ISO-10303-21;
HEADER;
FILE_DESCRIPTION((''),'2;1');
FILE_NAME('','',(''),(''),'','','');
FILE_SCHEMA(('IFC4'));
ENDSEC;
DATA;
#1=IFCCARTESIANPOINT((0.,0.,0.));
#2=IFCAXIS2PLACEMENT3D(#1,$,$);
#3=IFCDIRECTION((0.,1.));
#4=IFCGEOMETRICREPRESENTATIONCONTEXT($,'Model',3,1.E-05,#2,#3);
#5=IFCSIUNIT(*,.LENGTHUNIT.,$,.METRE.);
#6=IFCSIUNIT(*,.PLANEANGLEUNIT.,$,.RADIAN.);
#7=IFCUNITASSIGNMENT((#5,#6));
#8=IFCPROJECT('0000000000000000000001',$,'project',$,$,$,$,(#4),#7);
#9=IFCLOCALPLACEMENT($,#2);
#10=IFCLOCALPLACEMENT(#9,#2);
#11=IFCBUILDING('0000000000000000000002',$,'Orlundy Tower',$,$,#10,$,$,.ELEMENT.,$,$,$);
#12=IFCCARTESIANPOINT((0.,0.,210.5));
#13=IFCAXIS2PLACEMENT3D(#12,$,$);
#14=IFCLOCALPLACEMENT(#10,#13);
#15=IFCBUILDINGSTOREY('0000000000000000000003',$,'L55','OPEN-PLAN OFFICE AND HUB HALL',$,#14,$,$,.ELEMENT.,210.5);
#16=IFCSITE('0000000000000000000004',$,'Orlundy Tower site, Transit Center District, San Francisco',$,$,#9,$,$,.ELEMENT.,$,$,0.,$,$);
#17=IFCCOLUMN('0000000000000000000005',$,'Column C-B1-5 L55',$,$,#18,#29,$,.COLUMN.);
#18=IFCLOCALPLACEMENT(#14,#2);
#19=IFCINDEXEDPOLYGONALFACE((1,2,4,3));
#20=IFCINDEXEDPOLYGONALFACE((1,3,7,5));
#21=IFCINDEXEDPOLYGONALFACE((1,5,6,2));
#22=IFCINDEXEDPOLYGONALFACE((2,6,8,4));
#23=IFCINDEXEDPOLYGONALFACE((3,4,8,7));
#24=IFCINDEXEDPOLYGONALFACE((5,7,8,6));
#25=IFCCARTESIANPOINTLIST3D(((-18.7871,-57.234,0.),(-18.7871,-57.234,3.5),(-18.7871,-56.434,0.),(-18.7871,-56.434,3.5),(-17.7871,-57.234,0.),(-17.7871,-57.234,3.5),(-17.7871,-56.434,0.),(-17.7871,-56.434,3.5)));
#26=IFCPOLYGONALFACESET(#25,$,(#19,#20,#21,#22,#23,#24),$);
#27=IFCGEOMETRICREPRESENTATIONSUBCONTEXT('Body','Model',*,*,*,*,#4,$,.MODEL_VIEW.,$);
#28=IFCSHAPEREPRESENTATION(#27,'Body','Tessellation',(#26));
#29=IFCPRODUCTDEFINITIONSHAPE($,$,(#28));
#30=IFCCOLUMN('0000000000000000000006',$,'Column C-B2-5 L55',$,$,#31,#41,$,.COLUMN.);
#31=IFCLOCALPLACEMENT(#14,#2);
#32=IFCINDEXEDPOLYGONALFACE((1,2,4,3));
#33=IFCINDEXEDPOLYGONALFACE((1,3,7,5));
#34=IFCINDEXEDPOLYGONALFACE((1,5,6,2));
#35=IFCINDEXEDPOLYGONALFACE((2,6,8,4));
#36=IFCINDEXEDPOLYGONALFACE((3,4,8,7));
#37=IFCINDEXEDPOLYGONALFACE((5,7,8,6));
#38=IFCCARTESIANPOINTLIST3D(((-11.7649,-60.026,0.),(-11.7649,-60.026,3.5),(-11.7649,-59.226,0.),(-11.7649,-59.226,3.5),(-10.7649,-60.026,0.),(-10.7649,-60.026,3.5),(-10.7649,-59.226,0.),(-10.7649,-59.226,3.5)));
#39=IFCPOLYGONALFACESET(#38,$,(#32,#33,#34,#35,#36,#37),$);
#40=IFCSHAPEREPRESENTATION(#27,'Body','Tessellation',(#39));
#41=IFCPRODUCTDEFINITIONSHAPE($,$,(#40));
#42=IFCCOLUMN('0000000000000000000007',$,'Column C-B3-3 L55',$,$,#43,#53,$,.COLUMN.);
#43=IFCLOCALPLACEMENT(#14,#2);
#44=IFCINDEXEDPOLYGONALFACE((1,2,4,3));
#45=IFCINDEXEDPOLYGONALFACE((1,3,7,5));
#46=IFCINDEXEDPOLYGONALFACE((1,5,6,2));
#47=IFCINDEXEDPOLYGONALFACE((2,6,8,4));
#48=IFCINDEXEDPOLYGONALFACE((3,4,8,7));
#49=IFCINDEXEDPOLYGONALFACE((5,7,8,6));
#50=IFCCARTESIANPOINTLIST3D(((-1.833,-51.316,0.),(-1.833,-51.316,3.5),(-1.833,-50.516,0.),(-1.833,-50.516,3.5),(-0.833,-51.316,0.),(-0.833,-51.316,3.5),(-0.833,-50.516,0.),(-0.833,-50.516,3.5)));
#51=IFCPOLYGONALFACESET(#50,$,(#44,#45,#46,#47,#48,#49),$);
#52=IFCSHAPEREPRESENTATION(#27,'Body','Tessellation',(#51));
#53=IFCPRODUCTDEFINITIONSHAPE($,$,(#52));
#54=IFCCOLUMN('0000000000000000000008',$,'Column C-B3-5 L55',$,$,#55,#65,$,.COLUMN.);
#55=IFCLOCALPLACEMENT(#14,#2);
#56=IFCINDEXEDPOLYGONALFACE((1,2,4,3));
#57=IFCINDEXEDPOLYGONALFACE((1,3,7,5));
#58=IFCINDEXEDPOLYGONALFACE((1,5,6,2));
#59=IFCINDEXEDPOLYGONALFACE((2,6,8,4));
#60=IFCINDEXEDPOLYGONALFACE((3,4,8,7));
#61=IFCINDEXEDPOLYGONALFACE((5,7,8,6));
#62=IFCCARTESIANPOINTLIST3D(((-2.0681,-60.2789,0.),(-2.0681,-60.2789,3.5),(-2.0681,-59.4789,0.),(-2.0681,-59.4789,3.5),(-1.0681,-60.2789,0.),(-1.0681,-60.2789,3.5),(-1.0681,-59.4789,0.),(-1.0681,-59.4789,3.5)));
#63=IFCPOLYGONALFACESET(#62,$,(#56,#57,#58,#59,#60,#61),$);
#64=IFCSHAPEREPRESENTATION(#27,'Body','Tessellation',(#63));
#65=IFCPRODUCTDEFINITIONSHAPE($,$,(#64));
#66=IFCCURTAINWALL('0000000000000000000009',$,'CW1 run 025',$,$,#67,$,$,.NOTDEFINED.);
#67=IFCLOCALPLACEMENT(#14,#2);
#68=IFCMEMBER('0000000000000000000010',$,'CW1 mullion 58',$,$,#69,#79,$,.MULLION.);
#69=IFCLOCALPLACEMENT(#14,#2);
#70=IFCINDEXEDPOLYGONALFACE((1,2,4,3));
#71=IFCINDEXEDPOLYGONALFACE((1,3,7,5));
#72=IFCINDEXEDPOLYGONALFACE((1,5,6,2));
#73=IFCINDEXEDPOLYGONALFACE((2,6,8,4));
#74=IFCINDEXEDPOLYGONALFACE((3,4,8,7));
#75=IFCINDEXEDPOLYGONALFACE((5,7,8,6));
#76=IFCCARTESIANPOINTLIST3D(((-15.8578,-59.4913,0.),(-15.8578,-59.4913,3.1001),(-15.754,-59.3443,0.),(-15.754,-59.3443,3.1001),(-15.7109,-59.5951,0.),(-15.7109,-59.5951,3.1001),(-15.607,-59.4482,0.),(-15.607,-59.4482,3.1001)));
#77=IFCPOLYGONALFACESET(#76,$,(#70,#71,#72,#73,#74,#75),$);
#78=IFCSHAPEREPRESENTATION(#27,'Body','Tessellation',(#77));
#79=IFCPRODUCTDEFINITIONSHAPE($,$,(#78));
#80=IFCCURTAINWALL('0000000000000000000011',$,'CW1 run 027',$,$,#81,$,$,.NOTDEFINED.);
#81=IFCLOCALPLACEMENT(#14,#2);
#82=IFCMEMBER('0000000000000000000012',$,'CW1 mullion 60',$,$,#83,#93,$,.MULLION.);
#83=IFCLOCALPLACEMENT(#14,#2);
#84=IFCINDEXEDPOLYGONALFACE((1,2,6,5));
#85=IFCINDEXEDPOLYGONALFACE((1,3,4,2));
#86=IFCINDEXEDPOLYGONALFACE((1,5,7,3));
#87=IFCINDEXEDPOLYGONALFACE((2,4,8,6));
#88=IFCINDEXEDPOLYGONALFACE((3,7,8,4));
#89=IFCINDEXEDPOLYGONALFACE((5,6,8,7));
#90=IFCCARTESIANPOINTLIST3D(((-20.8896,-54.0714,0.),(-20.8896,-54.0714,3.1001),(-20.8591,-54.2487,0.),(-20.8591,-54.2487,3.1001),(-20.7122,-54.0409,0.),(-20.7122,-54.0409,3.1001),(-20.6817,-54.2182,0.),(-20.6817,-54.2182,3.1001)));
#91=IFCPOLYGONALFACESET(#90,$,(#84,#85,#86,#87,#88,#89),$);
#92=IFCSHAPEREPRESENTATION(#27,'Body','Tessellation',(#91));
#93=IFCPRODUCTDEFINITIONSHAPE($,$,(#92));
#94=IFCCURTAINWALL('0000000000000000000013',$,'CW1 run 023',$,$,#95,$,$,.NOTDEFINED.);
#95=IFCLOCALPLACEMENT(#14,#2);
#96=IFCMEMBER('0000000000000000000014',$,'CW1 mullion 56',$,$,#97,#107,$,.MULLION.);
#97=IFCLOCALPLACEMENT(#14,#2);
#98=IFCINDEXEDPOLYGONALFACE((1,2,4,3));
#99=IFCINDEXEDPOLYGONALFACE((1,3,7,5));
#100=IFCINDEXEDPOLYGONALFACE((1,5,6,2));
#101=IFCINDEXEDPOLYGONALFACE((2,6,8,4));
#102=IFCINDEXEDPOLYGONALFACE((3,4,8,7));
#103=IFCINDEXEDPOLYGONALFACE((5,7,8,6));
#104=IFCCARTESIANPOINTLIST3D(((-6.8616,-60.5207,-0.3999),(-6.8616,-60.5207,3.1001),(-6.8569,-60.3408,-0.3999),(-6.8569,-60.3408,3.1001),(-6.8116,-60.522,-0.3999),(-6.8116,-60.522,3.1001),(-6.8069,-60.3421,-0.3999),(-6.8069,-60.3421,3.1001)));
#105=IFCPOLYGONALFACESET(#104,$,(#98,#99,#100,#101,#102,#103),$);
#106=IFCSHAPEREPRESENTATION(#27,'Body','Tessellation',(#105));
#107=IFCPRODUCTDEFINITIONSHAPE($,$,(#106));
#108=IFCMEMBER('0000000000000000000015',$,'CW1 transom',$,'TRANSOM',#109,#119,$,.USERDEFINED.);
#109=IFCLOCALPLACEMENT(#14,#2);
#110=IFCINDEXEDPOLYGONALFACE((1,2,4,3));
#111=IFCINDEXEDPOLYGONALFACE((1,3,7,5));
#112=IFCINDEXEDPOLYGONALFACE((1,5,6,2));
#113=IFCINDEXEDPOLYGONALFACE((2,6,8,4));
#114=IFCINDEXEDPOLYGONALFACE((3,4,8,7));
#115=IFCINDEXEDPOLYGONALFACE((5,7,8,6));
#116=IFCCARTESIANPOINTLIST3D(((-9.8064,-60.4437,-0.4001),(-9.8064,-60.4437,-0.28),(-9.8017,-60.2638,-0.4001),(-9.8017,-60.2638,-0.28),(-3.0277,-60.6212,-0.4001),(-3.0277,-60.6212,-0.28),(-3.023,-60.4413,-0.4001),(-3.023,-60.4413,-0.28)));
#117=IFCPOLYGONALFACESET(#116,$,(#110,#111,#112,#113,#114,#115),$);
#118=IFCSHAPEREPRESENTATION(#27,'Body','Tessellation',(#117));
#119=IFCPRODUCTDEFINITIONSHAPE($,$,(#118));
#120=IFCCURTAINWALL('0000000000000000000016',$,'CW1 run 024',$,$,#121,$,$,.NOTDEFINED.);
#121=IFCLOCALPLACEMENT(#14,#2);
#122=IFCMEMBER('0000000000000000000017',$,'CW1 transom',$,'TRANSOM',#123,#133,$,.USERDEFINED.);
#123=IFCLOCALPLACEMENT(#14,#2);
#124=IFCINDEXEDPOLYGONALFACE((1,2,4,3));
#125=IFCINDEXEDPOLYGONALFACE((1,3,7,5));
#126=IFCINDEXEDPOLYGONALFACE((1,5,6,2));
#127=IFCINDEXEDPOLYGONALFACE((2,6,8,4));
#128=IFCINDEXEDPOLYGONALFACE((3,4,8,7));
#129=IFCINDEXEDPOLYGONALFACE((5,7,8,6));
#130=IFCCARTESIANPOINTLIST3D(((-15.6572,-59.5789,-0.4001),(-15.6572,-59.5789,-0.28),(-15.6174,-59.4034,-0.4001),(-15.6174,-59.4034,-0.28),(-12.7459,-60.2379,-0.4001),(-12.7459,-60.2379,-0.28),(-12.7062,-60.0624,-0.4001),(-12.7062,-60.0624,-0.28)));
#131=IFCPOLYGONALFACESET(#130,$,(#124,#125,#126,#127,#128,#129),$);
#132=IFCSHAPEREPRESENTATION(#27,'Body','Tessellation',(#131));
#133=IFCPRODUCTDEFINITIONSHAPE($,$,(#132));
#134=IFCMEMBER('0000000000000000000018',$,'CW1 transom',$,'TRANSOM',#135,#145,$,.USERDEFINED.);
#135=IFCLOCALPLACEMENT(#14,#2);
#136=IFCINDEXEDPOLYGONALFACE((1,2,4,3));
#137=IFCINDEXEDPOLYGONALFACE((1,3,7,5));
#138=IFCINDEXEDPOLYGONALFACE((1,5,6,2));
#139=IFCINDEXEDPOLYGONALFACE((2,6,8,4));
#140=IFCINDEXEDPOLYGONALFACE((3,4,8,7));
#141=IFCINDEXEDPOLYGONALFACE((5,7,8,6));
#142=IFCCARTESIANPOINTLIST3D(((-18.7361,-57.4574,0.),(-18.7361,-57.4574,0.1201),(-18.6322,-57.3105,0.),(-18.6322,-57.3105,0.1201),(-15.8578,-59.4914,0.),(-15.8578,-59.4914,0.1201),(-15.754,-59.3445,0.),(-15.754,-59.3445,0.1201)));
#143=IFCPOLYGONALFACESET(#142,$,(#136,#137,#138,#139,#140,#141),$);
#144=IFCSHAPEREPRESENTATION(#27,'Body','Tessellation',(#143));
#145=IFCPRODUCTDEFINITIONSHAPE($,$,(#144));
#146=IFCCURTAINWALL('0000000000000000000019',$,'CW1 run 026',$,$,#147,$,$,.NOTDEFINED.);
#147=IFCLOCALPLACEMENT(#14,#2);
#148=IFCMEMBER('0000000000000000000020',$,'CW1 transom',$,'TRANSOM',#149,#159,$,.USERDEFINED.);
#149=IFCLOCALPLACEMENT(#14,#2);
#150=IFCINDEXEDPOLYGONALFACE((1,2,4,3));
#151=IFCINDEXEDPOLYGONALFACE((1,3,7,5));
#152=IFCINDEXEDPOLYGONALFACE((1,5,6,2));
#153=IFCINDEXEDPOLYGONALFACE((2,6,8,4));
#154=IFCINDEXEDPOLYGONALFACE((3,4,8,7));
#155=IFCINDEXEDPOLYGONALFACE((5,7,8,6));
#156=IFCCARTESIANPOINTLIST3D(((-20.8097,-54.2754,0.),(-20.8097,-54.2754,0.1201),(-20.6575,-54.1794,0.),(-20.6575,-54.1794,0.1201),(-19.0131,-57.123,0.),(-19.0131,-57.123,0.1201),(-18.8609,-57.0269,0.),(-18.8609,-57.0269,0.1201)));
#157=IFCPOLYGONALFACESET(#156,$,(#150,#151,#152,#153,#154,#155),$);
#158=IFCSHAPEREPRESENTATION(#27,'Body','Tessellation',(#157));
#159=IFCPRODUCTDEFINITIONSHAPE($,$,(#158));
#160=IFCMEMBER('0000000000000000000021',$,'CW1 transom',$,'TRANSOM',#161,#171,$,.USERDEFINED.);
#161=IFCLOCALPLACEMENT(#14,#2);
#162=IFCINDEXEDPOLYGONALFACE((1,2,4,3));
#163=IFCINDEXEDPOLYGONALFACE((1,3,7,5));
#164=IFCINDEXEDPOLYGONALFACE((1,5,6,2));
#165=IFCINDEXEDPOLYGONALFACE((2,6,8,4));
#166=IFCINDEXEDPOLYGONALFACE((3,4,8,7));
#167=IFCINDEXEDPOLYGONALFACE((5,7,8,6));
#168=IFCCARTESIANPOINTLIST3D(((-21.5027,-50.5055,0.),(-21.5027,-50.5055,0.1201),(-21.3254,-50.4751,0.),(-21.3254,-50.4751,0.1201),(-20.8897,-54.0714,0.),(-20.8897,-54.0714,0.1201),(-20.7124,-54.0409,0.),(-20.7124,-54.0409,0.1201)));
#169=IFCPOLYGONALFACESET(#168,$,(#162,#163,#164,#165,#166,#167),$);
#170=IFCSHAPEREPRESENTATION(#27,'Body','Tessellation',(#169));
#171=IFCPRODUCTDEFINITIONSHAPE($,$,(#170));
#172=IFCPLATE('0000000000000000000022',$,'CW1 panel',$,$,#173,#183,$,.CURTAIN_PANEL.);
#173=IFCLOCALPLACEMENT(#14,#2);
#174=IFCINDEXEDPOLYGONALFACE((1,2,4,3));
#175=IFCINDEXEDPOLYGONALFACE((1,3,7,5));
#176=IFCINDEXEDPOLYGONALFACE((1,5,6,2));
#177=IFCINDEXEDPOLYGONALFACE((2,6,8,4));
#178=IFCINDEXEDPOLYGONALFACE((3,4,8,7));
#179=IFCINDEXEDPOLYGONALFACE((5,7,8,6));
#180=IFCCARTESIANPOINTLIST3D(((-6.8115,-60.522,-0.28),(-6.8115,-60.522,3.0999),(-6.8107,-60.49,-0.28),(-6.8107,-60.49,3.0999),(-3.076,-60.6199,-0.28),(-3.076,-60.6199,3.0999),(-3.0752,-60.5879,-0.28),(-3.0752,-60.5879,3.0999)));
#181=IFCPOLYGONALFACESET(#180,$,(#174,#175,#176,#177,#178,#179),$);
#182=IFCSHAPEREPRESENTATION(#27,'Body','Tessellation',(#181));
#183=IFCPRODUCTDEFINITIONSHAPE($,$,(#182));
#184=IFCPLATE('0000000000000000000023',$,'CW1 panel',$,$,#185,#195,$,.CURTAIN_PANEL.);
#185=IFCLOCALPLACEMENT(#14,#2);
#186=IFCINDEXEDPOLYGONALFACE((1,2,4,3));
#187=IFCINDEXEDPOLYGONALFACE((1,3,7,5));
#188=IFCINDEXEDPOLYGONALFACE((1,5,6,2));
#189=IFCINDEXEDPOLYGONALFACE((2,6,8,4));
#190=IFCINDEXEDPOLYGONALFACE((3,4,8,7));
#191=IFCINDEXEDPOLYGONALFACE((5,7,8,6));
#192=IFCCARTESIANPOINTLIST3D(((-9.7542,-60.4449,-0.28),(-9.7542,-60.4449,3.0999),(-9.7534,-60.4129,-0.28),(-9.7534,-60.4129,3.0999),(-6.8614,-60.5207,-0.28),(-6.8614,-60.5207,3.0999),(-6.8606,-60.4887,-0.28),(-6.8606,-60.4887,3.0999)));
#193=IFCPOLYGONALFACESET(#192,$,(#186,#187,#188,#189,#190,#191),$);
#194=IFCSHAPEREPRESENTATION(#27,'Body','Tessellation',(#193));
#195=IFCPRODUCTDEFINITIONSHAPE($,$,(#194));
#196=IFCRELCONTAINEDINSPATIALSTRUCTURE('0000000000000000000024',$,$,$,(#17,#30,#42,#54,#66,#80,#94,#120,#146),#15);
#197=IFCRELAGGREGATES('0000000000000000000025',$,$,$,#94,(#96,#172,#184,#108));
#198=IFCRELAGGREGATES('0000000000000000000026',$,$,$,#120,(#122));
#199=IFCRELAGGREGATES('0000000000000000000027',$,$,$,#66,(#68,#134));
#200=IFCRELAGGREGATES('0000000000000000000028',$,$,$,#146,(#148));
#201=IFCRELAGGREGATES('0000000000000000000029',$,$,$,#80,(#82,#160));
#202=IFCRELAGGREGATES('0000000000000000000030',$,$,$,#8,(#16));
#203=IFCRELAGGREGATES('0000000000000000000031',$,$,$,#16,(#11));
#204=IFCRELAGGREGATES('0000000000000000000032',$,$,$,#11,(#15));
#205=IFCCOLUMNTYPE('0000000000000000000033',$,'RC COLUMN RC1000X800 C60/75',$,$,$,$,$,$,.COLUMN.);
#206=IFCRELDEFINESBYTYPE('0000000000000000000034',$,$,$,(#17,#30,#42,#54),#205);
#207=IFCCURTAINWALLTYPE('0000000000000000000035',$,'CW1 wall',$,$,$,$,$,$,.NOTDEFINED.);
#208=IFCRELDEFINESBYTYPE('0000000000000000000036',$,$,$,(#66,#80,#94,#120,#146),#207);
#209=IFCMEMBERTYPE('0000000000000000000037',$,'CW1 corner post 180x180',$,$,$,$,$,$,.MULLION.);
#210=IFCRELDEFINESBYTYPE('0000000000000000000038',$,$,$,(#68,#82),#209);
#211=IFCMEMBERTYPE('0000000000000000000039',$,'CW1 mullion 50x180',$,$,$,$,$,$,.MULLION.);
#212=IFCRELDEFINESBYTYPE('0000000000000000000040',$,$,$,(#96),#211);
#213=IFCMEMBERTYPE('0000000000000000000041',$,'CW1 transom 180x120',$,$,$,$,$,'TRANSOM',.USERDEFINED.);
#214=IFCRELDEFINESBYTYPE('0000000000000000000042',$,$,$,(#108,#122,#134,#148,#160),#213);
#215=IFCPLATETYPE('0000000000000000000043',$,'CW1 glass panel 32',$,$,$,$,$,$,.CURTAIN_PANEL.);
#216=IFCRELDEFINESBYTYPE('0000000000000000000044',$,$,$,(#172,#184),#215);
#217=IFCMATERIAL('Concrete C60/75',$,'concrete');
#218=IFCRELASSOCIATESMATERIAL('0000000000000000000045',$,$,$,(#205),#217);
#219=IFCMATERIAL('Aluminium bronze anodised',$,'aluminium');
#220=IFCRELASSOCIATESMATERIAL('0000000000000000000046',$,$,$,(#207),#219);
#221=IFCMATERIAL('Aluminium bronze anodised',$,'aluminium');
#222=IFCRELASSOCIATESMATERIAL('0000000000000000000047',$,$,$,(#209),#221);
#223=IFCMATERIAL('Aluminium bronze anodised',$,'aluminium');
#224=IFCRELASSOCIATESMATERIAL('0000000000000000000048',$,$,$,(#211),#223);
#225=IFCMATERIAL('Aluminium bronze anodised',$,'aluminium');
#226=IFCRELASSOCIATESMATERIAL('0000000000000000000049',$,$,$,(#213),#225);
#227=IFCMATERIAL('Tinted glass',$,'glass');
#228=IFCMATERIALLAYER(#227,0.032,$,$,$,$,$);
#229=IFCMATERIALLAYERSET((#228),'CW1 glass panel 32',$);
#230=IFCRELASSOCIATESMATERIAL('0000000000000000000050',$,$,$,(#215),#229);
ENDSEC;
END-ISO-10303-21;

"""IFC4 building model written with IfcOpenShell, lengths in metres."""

from ifc_helpers import new_model, si_unit, direction, frame, origin, origin_2d, place, context, subcontext, project, spatial, rectangle, extrude, material, layer, layer_set, material_profile, profile_set, type_object, element, aggregate, save


model = new_model("IFC4")

# Units and contexts
model_context = context("Model", 3, precision=1e-05, world=origin(), true_north=direction((0.0, 1.0)))
body_context = subcontext(model_context, "Body", "Model", "MODEL_VIEW")
ifc_project = project(units=[si_unit("LENGTHUNIT", "METRE"), si_unit("PLANEANGLEUNIT", "RADIAN")], contexts=[model_context])

# Site, building, storey
site_placement = place(None, origin())
site = spatial("IfcSite", under=ifc_project, at=site_placement, Name="Orlundy Tower site, Transit Center District, San Francisco", CompositionType="ELEMENT", RefElevation=0.0)
building_placement = place(site_placement, origin())
building = spatial("IfcBuilding", under=site, at=building_placement, Name="Orlundy Tower", CompositionType="ELEMENT")
storey_placement = place(building_placement, frame((0.0, 0.0, 210.5)))
storey = spatial("IfcBuildingStorey", under=building, at=storey_placement, Name="L55", Description="OPEN-PLAN OFFICE AND HUB HALL", CompositionType="ELEMENT", Elevation=210.5)

# Columns
ifc_material_1 = material(Name="Concrete C60/75", Category="concrete")
ifc_material_profile_1 = material_profile(ifc_material_1, rectangle(XDim=1.0, YDim=0.8, at=origin_2d()), Name="RC1000X800")
ifc_profile_set_1 = profile_set([ifc_material_profile_1], Name="Concrete C60/75")
column_type = type_object("IfcColumnType", Name="RC COLUMN RC1000X800 C60/75", PredefinedType="COLUMN", material=ifc_profile_set_1)
for number, where, z_axis, x_axis, name in (
    (1, (-18.2871, -56.834, 0.0), (0.0, 0.0, 1.0), (1.0, 0.0, 0.0), "Column C-B1-5 L55"),
    (2, (-11.2649, -59.626, 0.0), (0.0, 0.0, 1.0), (1.0, 0.0, 0.0), "Column C-B2-5 L55"),
    (3, (-1.333, -50.916, 0.0), (0.0, 0.0, 1.0), (1.0, 0.0, 0.0), "Column C-B3-3 L55"),
    (4, (-1.5681, -59.8789, 0.0), (0.0, 0.0, 1.0), (1.0, 0.0, 0.0), "Column C-B3-5 L55"),
):
    element("IfcColumn", number, at=place(storey_placement, frame(where, z_axis=z_axis, x_axis=x_axis)), inside=storey, type_object=column_type, Name=name, PredefinedType="COLUMN", context=body_context, shape_type="SweptSolid", body=[
        extrude(rectangle(XDim=1.0, YDim=0.8, at=origin_2d()), origin(), (0.0, 0.0, 1.0), 3.5),
    ])

# Curtain walls, members
ifc_material_2 = material(Name="Aluminium bronze anodised", Category="aluminium")
curtain_wall_type = type_object("IfcCurtainWallType", Name="CW1 wall", PredefinedType="NOTDEFINED", material=ifc_material_2)
curtain_wall_1_placement = place(storey_placement, origin())
curtain_wall_1 = element("IfcCurtainWall", 5, at=curtain_wall_1_placement, inside=storey, type_object=curtain_wall_type, Name="CW1 run 025", PredefinedType="NOTDEFINED")
ifc_material_3 = material(Name="Aluminium bronze anodised", Category="aluminium")
ifc_material_profile_2 = material_profile(ifc_material_3, rectangle(XDim=0.1799, YDim=0.1799, at=origin_2d()), Name="CW1 corner post 180x180")
ifc_profile_set_2 = profile_set([ifc_material_profile_2], Name="Aluminium bronze anodised")
member_type_1 = type_object("IfcMemberType", Name="CW1 corner post 180x180", PredefinedType="MULLION", material=ifc_profile_set_2)
member_1_placement = place(storey_placement, frame((-15.7324, -59.4697, 0.0), z_axis=(0.0, 0.0, 1.0), x_axis=(-0.577096, -0.816676, 0.0)))
member_1 = element("IfcMember", 6, at=member_1_placement, type_object=member_type_1, Name="CW1 mullion 58", PredefinedType="MULLION", context=body_context, shape_type="SweptSolid", body=[
    extrude(rectangle(XDim=0.1799, YDim=0.1799, at=origin_2d()), origin(), (0.0, 0.0, 1.0), 3.1001),
])
curtain_wall_2_placement = place(storey_placement, origin())
curtain_wall_2 = element("IfcCurtainWall", 7, at=curtain_wall_2_placement, inside=storey, type_object=curtain_wall_type, Name="CW1 run 027", PredefinedType="NOTDEFINED")
member_2_placement = place(storey_placement, frame((-20.7856, -54.1448, 0.0), z_axis=(0.0, 0.0, 1.0), x_axis=(-0.985543, -0.169428, 0.0)))
member_2 = element("IfcMember", 8, at=member_2_placement, type_object=member_type_1, Name="CW1 mullion 60", PredefinedType="MULLION", context=body_context, shape_type="SweptSolid", body=[
    extrude(rectangle(XDim=0.1799, YDim=0.1799, at=origin_2d()), origin(), (0.0, 0.0, 1.0), 3.1001),
])

# Curtain wall, members
curtain_wall_3_placement = place(storey_placement, origin())
curtain_wall_3 = element("IfcCurtainWall", 9, at=curtain_wall_3_placement, inside=storey, type_object=curtain_wall_type, Name="CW1 run 023", PredefinedType="NOTDEFINED")
ifc_material_4 = material(Name="Aluminium bronze anodised", Category="aluminium")
ifc_material_profile_3 = material_profile(ifc_material_4, rectangle(XDim=0.1799, YDim=0.05, at=origin_2d()), Name="CW1 mullion 50x180")
ifc_profile_set_3 = profile_set([ifc_material_profile_3], Name="Aluminium bronze anodised")
member_type_2 = type_object("IfcMemberType", Name="CW1 mullion 50x180", PredefinedType="MULLION", material=ifc_profile_set_3)
member_3_placement = place(storey_placement, frame((-6.8342, -60.4314, -0.3999), z_axis=(0.0, 0.0, 1.0), x_axis=(-0.02619, -0.999657, 0.0)))
member_3 = element("IfcMember", 10, at=member_3_placement, type_object=member_type_2, Name="CW1 mullion 56", PredefinedType="MULLION", context=body_context, shape_type="SweptSolid", body=[
    extrude(rectangle(XDim=0.1799, YDim=0.05, at=origin_2d()), origin(), (0.0, 0.0, 1.0), 3.5),
])
ifc_material_5 = material(Name="Aluminium bronze anodised", Category="aluminium")
ifc_material_profile_4 = material_profile(ifc_material_5, rectangle(XDim=0.1799, YDim=0.1201, at=origin_2d()), Name="CW1 transom 180x120")
ifc_profile_set_4 = profile_set([ifc_material_profile_4], Name="Aluminium bronze anodised")
member_type_3 = type_object("IfcMemberType", Name="CW1 transom 180x120", ElementType="TRANSOM", PredefinedType="USERDEFINED", material=ifc_profile_set_4)
member_4_placement = place(storey_placement, frame((-3.0254, -60.5312, -0.3401), z_axis=(-0.999657, 0.026175, 0.0), x_axis=(-0.026175, -0.999657, 0.0)))
member_4 = element("IfcMember", 11, at=member_4_placement, type_object=member_type_3, Name="CW1 transom", ObjectType="TRANSOM", PredefinedType="USERDEFINED", context=body_context, shape_type="SweptSolid", body=[
    extrude(rectangle(XDim=0.1799, YDim=0.1201, at=origin_2d()), origin(), (0.0, 0.0, 1.0), 6.781),
])

# Curtain wall, member
curtain_wall_4_placement = place(storey_placement, origin())
curtain_wall_4 = element("IfcCurtainWall", 12, at=curtain_wall_4_placement, inside=storey, type_object=curtain_wall_type, Name="CW1 run 024", PredefinedType="NOTDEFINED")
member_5_placement = place(storey_placement, frame((-12.7261, -60.1501, -0.3401), z_axis=(-0.975327, 0.220765, 0.0), x_axis=(-0.220765, -0.975327, 0.0)))
member_5 = element("IfcMember", 13, at=member_5_placement, type_object=member_type_3, Name="CW1 transom", ObjectType="TRANSOM", PredefinedType="USERDEFINED", context=body_context, shape_type="SweptSolid", body=[
    extrude(rectangle(XDim=0.1799, YDim=0.1201, at=origin_2d()), origin(), (0.0, 0.0, 1.0), 2.9849),
])

# Member
member_6_placement = place(storey_placement, frame((-15.8059, -59.418, 0.0601), z_axis=(-0.816662, 0.577116, 0.0), x_axis=(-0.577116, -0.816662, 0.0)))
member_6 = element("IfcMember", 14, at=member_6_placement, type_object=member_type_3, Name="CW1 transom", ObjectType="TRANSOM", PredefinedType="USERDEFINED", context=body_context, shape_type="SweptSolid", body=[
    extrude(rectangle(XDim=0.1799, YDim=0.1201, at=origin_2d()), origin(), (0.0, 0.0, 1.0), 3.5244),
])

# Curtain wall, member
curtain_wall_5_placement = place(storey_placement, origin())
curtain_wall_5 = element("IfcCurtainWall", 15, at=curtain_wall_5_placement, inside=storey, type_object=curtain_wall_type, Name="CW1 run 026", PredefinedType="NOTDEFINED")
member_7_placement = place(storey_placement, frame((-18.937, -57.075, 0.0601), z_axis=(-0.533592, 0.845742, 0.0), x_axis=(-0.845742, -0.533592, 0.0)))
member_7 = element("IfcMember", 16, at=member_7_placement, type_object=member_type_3, Name="CW1 transom", ObjectType="TRANSOM", PredefinedType="USERDEFINED", context=body_context, shape_type="SweptSolid", body=[
    extrude(rectangle(XDim=0.1799, YDim=0.1201, at=origin_2d()), origin(), (0.0, 0.0, 1.0), 3.3669),
])

# Member
member_8_placement = place(storey_placement, frame((-20.801, -54.0562, 0.0601), z_axis=(-0.16943, 0.985542, 0.0), x_axis=(-0.985542, -0.16943, 0.0)))
member_8 = element("IfcMember", 17, at=member_8_placement, type_object=member_type_3, Name="CW1 transom", ObjectType="TRANSOM", PredefinedType="USERDEFINED", context=body_context, shape_type="SweptSolid", body=[
    extrude(rectangle(XDim=0.1799, YDim=0.1201, at=origin_2d()), origin(), (0.0, 0.0, 1.0), 3.6182),
])

# Plates
ifc_material_6 = material(Name="Tinted glass", Category="glass")
ifc_layer = layer(ifc_material_6, 0.032)
ifc_layer_set = layer_set([ifc_layer], Name="CW1 glass panel 32")
plate_type = type_object("IfcPlateType", Name="CW1 glass panel 32", PredefinedType="CURTAIN_PANEL", material=ifc_layer_set)
plate_1_placement = place(storey_placement, frame((-4.9434, -60.5549, -0.28), z_axis=(0.0, 0.0, 1.0), x_axis=(-0.999657, 0.02619, 0.0)))
plate_1 = element("IfcPlate", 18, at=plate_1_placement, type_object=plate_type, Name="CW1 panel", PredefinedType="CURTAIN_PANEL", context=body_context, shape_type="SweptSolid", body=[
    extrude(rectangle(XDim=3.7368, YDim=0.032, at=origin_2d()), origin(), (0.0, 0.0, 1.0), 3.3799),
])
plate_2_placement = place(storey_placement, frame((-8.3074, -60.4668, -0.28), z_axis=(0.0, 0.0, 1.0), x_axis=(-0.999657, 0.02619, 0.0)))
plate_2 = element("IfcPlate", 19, at=plate_2_placement, type_object=plate_type, Name="CW1 panel", PredefinedType="CURTAIN_PANEL", context=body_context, shape_type="SweptSolid", body=[
    extrude(rectangle(XDim=2.8938, YDim=0.032, at=origin_2d()), origin(), (0.0, 0.0, 1.0), 3.3799),
])
aggregate(curtain_wall_3, [member_3, plate_1, plate_2, member_4])
aggregate(curtain_wall_4, [member_5])
aggregate(curtain_wall_1, [member_1, member_6])
aggregate(curtain_wall_5, [member_7])
aggregate(curtain_wall_2, [member_2, member_8])

save(model, "model.ifc")
